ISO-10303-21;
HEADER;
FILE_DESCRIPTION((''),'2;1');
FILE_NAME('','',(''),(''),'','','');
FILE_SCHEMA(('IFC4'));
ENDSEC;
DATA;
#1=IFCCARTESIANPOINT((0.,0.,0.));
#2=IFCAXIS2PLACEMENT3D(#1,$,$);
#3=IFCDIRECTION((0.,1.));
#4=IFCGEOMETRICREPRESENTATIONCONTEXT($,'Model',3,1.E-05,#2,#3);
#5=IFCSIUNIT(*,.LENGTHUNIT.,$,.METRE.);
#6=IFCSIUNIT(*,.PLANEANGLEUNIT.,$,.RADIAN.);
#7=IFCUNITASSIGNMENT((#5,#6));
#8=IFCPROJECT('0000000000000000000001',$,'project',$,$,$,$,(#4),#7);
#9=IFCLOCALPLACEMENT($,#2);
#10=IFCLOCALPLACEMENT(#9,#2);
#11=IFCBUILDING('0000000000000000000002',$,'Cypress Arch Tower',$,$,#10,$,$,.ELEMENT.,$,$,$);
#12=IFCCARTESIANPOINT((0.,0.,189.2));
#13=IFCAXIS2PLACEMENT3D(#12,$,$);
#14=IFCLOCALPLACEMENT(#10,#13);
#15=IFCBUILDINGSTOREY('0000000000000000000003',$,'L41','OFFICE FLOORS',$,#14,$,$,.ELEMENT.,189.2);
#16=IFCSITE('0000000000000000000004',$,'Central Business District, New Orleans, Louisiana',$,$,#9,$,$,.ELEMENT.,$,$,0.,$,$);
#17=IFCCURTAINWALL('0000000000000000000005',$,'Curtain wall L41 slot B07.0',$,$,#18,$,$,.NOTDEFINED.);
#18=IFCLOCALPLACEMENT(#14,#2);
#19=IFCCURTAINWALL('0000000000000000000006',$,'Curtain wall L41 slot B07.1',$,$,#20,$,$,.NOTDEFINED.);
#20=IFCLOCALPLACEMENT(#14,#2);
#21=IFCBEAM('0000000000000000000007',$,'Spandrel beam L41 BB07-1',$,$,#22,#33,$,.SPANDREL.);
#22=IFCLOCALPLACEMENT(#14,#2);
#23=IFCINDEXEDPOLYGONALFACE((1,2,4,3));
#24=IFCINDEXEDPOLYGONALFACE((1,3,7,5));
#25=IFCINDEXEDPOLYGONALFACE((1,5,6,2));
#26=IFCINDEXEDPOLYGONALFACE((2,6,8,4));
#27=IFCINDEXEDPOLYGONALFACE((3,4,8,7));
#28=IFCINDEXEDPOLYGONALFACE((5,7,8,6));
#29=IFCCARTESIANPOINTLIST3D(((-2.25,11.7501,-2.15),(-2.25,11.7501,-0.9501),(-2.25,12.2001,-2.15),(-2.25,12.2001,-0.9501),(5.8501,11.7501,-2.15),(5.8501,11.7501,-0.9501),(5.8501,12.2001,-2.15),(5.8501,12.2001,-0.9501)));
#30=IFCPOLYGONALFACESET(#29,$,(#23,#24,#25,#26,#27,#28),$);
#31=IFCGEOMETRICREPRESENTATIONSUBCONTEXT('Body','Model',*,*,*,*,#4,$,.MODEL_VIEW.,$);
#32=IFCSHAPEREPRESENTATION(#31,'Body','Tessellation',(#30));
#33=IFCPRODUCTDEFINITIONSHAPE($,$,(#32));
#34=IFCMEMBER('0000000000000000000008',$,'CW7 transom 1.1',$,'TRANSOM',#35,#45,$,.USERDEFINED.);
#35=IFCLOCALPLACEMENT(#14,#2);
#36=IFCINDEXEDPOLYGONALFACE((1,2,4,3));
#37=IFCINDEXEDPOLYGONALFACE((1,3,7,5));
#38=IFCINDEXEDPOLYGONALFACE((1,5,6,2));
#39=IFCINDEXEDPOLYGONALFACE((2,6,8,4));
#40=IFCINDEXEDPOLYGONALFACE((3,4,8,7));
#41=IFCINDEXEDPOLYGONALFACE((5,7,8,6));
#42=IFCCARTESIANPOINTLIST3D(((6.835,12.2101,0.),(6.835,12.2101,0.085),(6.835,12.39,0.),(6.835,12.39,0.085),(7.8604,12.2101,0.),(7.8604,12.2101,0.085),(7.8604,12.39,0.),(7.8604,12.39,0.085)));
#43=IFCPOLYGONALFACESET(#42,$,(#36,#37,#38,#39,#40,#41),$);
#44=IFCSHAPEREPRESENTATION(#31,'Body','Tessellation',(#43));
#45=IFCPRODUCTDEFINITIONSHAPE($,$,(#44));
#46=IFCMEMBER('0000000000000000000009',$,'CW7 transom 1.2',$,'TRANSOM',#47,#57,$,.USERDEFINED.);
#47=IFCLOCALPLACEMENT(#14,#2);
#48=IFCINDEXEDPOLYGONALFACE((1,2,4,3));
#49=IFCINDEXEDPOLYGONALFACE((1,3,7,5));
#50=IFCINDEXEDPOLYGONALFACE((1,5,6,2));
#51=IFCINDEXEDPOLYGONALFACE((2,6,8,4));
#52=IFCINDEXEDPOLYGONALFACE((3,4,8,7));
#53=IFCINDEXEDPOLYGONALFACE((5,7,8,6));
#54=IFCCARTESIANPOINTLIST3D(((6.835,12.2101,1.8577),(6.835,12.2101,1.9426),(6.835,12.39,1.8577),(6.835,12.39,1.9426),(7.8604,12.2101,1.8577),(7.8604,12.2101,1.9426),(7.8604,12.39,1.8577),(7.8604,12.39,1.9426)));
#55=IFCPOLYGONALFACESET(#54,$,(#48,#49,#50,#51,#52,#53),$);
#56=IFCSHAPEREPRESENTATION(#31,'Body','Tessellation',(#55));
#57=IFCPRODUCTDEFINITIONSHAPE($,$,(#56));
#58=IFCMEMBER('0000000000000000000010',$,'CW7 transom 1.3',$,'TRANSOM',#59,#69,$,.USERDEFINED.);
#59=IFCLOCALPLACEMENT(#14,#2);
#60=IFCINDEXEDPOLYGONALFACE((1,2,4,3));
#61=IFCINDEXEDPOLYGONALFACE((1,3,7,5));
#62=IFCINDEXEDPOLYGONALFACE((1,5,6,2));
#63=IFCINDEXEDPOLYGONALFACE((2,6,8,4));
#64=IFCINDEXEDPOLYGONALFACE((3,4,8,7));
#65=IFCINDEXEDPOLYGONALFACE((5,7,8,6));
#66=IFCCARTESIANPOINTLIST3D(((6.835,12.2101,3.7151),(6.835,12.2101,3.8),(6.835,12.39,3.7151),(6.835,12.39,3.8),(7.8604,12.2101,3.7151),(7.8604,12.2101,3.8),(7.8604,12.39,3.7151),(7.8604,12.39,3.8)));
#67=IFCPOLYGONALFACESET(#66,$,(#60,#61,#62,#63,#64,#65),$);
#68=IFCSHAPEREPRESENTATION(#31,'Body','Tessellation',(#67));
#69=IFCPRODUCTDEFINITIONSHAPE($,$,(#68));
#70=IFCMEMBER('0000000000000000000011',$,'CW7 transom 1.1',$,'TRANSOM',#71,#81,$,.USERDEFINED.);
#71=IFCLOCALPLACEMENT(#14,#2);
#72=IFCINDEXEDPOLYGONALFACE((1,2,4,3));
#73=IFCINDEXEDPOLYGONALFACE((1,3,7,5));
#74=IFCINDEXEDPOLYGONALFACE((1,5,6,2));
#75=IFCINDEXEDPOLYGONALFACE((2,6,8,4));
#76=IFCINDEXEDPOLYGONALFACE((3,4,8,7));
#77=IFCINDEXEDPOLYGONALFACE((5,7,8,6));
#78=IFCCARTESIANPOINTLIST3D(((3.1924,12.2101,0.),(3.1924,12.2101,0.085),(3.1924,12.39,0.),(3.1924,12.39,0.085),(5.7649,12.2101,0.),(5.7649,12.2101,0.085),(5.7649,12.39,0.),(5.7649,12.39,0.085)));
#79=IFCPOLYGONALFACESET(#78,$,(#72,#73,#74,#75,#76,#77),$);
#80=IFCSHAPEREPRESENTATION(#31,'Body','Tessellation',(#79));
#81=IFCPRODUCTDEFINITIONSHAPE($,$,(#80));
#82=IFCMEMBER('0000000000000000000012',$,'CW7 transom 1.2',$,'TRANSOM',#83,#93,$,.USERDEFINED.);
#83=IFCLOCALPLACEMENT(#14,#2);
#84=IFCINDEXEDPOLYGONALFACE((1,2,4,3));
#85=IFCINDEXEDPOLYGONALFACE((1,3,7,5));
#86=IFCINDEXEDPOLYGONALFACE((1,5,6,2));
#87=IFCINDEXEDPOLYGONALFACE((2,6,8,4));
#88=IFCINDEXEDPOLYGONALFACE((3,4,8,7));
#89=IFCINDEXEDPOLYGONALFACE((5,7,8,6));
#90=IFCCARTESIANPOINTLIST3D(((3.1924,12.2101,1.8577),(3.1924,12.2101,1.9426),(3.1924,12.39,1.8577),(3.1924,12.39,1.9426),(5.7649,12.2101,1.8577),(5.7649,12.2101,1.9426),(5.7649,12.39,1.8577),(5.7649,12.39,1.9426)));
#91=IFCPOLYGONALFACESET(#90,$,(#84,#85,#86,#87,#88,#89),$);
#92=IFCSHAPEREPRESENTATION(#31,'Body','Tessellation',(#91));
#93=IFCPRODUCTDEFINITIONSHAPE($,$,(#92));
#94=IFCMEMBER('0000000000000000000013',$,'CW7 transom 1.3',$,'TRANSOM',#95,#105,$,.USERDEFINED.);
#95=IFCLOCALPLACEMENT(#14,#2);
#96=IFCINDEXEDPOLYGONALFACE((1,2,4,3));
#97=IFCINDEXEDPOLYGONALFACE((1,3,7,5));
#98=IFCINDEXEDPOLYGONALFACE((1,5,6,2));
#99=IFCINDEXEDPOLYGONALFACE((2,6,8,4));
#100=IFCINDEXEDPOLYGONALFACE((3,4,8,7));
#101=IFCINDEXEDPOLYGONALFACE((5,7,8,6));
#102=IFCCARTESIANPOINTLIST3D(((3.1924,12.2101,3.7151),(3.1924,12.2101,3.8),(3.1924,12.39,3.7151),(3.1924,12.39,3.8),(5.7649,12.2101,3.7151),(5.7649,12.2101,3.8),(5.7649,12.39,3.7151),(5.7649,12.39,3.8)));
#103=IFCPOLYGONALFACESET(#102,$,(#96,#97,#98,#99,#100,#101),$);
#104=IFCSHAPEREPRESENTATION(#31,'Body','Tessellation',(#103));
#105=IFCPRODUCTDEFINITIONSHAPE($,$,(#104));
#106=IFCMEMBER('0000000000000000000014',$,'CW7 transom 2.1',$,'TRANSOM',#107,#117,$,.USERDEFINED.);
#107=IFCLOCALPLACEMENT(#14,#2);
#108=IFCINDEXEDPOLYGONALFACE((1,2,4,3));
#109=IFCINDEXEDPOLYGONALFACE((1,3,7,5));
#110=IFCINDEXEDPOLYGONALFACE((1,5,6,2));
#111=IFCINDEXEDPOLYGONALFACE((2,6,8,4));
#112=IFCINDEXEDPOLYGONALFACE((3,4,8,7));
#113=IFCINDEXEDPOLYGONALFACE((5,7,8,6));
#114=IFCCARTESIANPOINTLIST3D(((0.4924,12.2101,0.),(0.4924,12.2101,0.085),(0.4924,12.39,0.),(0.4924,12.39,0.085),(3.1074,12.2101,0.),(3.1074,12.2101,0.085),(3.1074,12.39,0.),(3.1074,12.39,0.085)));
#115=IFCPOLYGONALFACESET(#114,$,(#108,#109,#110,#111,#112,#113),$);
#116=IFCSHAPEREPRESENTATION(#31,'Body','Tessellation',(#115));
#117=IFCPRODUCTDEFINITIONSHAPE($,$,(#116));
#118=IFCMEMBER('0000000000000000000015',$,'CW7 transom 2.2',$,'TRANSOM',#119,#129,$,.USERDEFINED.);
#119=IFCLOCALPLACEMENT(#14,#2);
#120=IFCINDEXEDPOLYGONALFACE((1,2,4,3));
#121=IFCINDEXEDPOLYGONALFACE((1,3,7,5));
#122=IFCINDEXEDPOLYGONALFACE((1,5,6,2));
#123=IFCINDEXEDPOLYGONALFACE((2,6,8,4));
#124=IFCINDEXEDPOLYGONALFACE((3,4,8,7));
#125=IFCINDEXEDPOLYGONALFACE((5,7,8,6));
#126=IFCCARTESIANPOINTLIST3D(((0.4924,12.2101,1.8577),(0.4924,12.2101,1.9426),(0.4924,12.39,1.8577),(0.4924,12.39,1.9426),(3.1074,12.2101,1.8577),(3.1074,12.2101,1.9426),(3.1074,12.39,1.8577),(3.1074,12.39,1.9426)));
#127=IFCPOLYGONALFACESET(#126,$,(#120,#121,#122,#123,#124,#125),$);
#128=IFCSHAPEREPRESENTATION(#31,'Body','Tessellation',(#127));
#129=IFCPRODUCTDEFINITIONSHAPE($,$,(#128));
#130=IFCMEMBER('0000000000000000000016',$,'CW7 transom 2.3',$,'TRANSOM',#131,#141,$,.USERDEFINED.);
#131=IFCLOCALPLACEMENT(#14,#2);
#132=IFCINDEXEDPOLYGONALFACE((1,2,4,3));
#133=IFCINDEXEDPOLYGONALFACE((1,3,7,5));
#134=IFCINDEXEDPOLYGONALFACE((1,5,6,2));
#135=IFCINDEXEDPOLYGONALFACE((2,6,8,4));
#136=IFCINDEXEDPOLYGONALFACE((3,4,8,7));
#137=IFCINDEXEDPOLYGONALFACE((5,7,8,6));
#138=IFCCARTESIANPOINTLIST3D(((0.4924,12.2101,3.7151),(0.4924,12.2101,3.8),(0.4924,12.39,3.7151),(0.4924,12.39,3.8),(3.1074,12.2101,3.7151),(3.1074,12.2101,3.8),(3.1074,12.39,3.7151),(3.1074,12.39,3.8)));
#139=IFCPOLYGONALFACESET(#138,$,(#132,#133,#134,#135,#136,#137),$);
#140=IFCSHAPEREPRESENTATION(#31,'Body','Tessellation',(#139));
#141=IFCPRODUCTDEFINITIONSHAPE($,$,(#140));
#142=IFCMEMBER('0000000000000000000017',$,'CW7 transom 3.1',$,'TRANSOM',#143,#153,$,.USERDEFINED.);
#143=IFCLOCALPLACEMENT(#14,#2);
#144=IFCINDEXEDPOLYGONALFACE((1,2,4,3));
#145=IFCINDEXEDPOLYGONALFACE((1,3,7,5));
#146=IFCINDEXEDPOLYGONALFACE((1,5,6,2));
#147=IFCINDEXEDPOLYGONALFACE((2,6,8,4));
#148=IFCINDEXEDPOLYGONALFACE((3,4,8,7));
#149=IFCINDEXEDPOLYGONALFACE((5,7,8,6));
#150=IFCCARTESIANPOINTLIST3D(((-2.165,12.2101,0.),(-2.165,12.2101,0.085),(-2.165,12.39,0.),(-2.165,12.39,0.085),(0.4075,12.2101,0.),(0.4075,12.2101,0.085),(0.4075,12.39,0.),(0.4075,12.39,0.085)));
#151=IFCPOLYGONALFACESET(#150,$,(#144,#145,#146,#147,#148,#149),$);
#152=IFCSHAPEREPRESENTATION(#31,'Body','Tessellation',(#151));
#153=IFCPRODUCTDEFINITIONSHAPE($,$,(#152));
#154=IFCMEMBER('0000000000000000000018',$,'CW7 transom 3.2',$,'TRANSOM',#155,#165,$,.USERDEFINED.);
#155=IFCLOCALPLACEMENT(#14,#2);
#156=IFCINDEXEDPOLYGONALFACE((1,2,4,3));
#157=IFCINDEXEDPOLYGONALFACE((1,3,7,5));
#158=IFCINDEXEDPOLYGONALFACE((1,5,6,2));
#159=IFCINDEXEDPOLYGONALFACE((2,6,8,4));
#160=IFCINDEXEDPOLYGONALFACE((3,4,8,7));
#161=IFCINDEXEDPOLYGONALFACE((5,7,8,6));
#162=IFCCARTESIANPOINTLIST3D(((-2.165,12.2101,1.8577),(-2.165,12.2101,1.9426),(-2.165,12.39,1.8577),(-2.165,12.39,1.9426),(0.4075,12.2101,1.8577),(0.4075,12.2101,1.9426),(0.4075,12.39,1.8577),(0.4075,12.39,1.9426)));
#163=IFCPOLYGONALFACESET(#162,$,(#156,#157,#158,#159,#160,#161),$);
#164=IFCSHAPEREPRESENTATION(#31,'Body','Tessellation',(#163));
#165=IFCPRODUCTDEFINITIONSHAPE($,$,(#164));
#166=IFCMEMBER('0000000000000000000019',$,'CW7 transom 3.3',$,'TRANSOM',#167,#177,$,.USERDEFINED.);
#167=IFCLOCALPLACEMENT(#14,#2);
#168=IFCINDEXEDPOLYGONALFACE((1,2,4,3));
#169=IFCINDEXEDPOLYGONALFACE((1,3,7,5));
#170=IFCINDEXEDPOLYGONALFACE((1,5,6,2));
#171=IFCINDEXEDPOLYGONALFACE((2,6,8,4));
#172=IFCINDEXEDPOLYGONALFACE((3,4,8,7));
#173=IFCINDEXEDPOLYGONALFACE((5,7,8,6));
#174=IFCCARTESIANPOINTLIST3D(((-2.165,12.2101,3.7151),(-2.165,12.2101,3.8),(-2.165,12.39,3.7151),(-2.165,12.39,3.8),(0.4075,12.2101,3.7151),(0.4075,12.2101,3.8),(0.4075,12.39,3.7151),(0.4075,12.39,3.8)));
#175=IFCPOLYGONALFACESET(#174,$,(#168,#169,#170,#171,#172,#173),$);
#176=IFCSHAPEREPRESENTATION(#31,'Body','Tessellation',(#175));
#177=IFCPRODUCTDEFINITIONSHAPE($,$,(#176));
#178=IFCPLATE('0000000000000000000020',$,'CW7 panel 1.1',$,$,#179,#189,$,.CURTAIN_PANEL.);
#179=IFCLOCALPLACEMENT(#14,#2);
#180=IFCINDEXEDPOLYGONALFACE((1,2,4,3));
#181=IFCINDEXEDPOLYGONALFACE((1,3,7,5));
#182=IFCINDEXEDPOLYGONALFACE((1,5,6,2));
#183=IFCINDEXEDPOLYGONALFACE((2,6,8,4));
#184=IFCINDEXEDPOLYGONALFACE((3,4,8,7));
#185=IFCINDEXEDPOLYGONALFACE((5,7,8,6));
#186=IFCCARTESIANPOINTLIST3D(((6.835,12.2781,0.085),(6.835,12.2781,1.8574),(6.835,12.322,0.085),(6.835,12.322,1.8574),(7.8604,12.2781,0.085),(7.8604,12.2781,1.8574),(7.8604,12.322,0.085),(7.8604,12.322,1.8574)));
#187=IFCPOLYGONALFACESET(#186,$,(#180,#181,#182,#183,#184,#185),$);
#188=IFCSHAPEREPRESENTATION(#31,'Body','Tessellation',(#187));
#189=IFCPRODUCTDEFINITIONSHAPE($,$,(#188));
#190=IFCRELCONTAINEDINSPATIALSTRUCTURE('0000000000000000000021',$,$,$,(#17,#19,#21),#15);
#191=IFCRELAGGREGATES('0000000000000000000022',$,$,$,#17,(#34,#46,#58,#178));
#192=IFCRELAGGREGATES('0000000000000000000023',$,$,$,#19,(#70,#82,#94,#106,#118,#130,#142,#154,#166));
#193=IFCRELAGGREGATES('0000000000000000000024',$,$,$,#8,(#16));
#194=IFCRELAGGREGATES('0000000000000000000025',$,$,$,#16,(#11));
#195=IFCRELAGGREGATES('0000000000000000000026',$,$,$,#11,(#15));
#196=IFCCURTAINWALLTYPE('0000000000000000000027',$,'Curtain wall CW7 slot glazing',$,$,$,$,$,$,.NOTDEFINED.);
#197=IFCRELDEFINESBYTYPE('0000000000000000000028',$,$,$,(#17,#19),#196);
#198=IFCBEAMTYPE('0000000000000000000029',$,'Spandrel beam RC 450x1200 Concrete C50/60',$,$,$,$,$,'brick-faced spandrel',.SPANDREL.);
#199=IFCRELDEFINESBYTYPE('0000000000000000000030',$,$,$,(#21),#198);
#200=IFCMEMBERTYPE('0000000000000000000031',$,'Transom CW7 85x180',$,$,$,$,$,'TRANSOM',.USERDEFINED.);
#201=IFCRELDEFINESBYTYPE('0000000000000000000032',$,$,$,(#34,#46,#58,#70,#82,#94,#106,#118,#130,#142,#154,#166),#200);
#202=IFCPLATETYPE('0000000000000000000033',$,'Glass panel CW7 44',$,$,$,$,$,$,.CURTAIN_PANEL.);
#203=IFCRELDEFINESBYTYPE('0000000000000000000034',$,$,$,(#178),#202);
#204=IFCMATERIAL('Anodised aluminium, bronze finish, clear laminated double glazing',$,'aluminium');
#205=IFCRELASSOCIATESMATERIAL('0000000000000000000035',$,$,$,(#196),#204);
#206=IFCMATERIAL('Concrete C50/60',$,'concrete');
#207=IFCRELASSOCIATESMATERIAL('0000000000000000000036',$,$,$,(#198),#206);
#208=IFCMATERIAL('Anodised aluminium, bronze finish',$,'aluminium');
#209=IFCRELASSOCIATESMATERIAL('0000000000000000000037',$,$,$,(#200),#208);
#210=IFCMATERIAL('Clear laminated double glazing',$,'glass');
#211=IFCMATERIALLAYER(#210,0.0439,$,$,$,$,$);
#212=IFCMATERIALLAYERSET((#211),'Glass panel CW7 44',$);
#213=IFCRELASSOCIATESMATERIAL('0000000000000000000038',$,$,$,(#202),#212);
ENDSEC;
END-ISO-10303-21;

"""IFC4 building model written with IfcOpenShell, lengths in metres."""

from ifc_helpers import new_model, si_unit, direction, frame, origin, origin_2d, place, context, subcontext, project, spatial, rectangle, extrude, material, layer, layer_set, material_profile, profile_set, type_object, element, aggregate, save


model = new_model("IFC4")

# Units and contexts
model_context = context("Model", 3, precision=1e-05, world=origin(), true_north=direction((0.0, 1.0)))
body_context = subcontext(model_context, "Body", "Model", "MODEL_VIEW")
ifc_project = project(units=[si_unit("LENGTHUNIT", "METRE"), si_unit("PLANEANGLEUNIT", "RADIAN")], contexts=[model_context])

# Site, building, storey
site_placement = place(None, origin())
site = spatial("IfcSite", under=ifc_project, at=site_placement, Name="Central Business District, New Orleans, Louisiana", CompositionType="ELEMENT", RefElevation=0.0)
building_placement = place(site_placement, origin())
building = spatial("IfcBuilding", under=site, at=building_placement, Name="Cypress Arch Tower", CompositionType="ELEMENT")
storey_placement = place(building_placement, frame((0.0, 0.0, 189.2)))
storey = spatial("IfcBuildingStorey", under=building, at=storey_placement, Name="L41", Description="OFFICE FLOORS", CompositionType="ELEMENT", Elevation=189.2)

# Curtain walls
ifc_material_1 = material(Name="Anodised aluminium, bronze finish, clear laminated double glazing", Category="aluminium")
curtain_wall_type = type_object("IfcCurtainWallType", Name="Curtain wall CW7 slot glazing", PredefinedType="NOTDEFINED", material=ifc_material_1)
curtain_wall_1_placement = place(storey_placement, origin())
curtain_wall_1 = element("IfcCurtainWall", 1, at=curtain_wall_1_placement, inside=storey, type_object=curtain_wall_type, Name="Curtain wall L41 slot B07.0", PredefinedType="NOTDEFINED")
curtain_wall_2_placement = place(storey_placement, origin())
curtain_wall_2 = element("IfcCurtainWall", 2, at=curtain_wall_2_placement, inside=storey, type_object=curtain_wall_type, Name="Curtain wall L41 slot B07.1", PredefinedType="NOTDEFINED")

# Beam
ifc_material_2 = material(Name="Concrete C50/60", Category="concrete")
ifc_material_profile_1 = material_profile(ifc_material_2, rectangle(XDim=0.45, YDim=1.2, at=origin_2d()), Name="RC 450x1200")
ifc_profile_set_1 = profile_set([ifc_material_profile_1], Name="Concrete C50/60")
beam_type_1 = type_object("IfcBeamType", Name="Spandrel beam RC 450x1200 Concrete C50/60", ElementType="brick-faced spandrel", PredefinedType="SPANDREL", material=ifc_profile_set_1)
beam_1_placement = place(storey_placement, frame((5.8501, 11.9751, -1.55), z_axis=(-1.0, 0.0, 0.0), x_axis=(0.0, -1.0, 0.0)))
element("IfcBeam", 3, at=beam_1_placement, inside=storey, type_object=beam_type_1, Name="Spandrel beam L41 BB07-1", PredefinedType="SPANDREL", context=body_context, shape_type="SweptSolid", body=[
    extrude(rectangle(XDim=0.45, YDim=1.2, at=origin_2d()), origin(), (0.0, 0.0, 1.0), 8.1001),
])

# Members
ifc_material_3 = material(Name="Anodised aluminium, bronze finish", Category="aluminium")
ifc_material_profile_2 = material_profile(ifc_material_3, rectangle(XDim=0.1799, YDim=0.085, at=origin_2d()), Name="Transom 85x180")
ifc_profile_set_2 = profile_set([ifc_material_profile_2], Name="Anodised aluminium, bronze finish")
member_type_1 = type_object("IfcMemberType", Name="Transom CW7 85x180", ElementType="TRANSOM", PredefinedType="USERDEFINED", material=ifc_profile_set_2)
member_1_placement = place(storey_placement, frame((7.8604, 12.3, 0.0425), z_axis=(-1.0, 0.0, 0.0), x_axis=(0.0, -1.0, 0.0)))
member_1 = element("IfcMember", 4, at=member_1_placement, type_object=member_type_1, Name="CW7 transom 1.1", ObjectType="TRANSOM", PredefinedType="USERDEFINED", context=body_context, shape_type="SweptSolid", body=[
    extrude(rectangle(XDim=0.1799, YDim=0.085, at=origin_2d()), origin(), (0.0, 0.0, 1.0), 1.0254),
])
member_2_placement = place(storey_placement, frame((7.8604, 12.3, 1.9001), z_axis=(-1.0, 0.0, 0.0), x_axis=(0.0, -1.0, 0.0)))
member_2 = element("IfcMember", 5, at=member_2_placement, type_object=member_type_1, Name="CW7 transom 1.2", ObjectType="TRANSOM", PredefinedType="USERDEFINED", context=body_context, shape_type="SweptSolid", body=[
    extrude(rectangle(XDim=0.1799, YDim=0.085, at=origin_2d()), origin(), (0.0, 0.0, 1.0), 1.0254),
])
member_3_placement = place(storey_placement, frame((7.8604, 12.3, 3.7576), z_axis=(-1.0, 0.0, 0.0), x_axis=(0.0, -1.0, 0.0)))
member_3 = element("IfcMember", 6, at=member_3_placement, type_object=member_type_1, Name="CW7 transom 1.3", ObjectType="TRANSOM", PredefinedType="USERDEFINED", context=body_context, shape_type="SweptSolid", body=[
    extrude(rectangle(XDim=0.1799, YDim=0.085, at=origin_2d()), origin(), (0.0, 0.0, 1.0), 1.0254),
])
member_4_placement = place(storey_placement, frame((5.7649, 12.3, 0.0425), z_axis=(-1.0, 0.0, 0.0), x_axis=(0.0, -1.0, 0.0)))
member_4 = element("IfcMember", 7, at=member_4_placement, type_object=member_type_1, Name="CW7 transom 1.1", ObjectType="TRANSOM", PredefinedType="USERDEFINED", context=body_context, shape_type="SweptSolid", body=[
    extrude(rectangle(XDim=0.1799, YDim=0.085, at=origin_2d()), origin(), (0.0, 0.0, 1.0), 2.5725),
])
member_5_placement = place(storey_placement, frame((5.7649, 12.3, 1.9001), z_axis=(-1.0, 0.0, 0.0), x_axis=(0.0, -1.0, 0.0)))
member_5 = element("IfcMember", 8, at=member_5_placement, type_object=member_type_1, Name="CW7 transom 1.2", ObjectType="TRANSOM", PredefinedType="USERDEFINED", context=body_context, shape_type="SweptSolid", body=[
    extrude(rectangle(XDim=0.1799, YDim=0.085, at=origin_2d()), origin(), (0.0, 0.0, 1.0), 2.5725),
])
member_6_placement = place(storey_placement, frame((5.7649, 12.3, 3.7576), z_axis=(-1.0, 0.0, 0.0), x_axis=(0.0, -1.0, 0.0)))
member_6 = element("IfcMember", 9, at=member_6_placement, type_object=member_type_1, Name="CW7 transom 1.3", ObjectType="TRANSOM", PredefinedType="USERDEFINED", context=body_context, shape_type="SweptSolid", body=[
    extrude(rectangle(XDim=0.1799, YDim=0.085, at=origin_2d()), origin(), (0.0, 0.0, 1.0), 2.5725),
])
member_7_placement = place(storey_placement, frame((3.1074, 12.3, 0.0425), z_axis=(-1.0, 0.0, 0.0), x_axis=(0.0, -1.0, 0.0)))
member_7 = element("IfcMember", 10, at=member_7_placement, type_object=member_type_1, Name="CW7 transom 2.1", ObjectType="TRANSOM", PredefinedType="USERDEFINED", context=body_context, shape_type="SweptSolid", body=[
    extrude(rectangle(XDim=0.1799, YDim=0.085, at=origin_2d()), origin(), (0.0, 0.0, 1.0), 2.615),
])
member_8_placement = place(storey_placement, frame((3.1074, 12.3, 1.9001), z_axis=(-1.0, 0.0, 0.0), x_axis=(0.0, -1.0, 0.0)))
member_8 = element("IfcMember", 11, at=member_8_placement, type_object=member_type_1, Name="CW7 transom 2.2", ObjectType="TRANSOM", PredefinedType="USERDEFINED", context=body_context, shape_type="SweptSolid", body=[
    extrude(rectangle(XDim=0.1799, YDim=0.085, at=origin_2d()), origin(), (0.0, 0.0, 1.0), 2.615),
])
member_9_placement = place(storey_placement, frame((3.1074, 12.3, 3.7576), z_axis=(-1.0, 0.0, 0.0), x_axis=(0.0, -1.0, 0.0)))
member_9 = element("IfcMember", 12, at=member_9_placement, type_object=member_type_1, Name="CW7 transom 2.3", ObjectType="TRANSOM", PredefinedType="USERDEFINED", context=body_context, shape_type="SweptSolid", body=[
    extrude(rectangle(XDim=0.1799, YDim=0.085, at=origin_2d()), origin(), (0.0, 0.0, 1.0), 2.615),
])
member_10_placement = place(storey_placement, frame((0.4075, 12.3, 0.0425), z_axis=(-1.0, 0.0, 0.0), x_axis=(0.0, -1.0, 0.0)))
member_10 = element("IfcMember", 13, at=member_10_placement, type_object=member_type_1, Name="CW7 transom 3.1", ObjectType="TRANSOM", PredefinedType="USERDEFINED", context=body_context, shape_type="SweptSolid", body=[
    extrude(rectangle(XDim=0.1799, YDim=0.085, at=origin_2d()), origin(), (0.0, 0.0, 1.0), 2.5725),
])
member_11_placement = place(storey_placement, frame((0.4075, 12.3, 1.9001), z_axis=(-1.0, 0.0, 0.0), x_axis=(0.0, -1.0, 0.0)))
member_11 = element("IfcMember", 14, at=member_11_placement, type_object=member_type_1, Name="CW7 transom 3.2", ObjectType="TRANSOM", PredefinedType="USERDEFINED", context=body_context, shape_type="SweptSolid", body=[
    extrude(rectangle(XDim=0.1799, YDim=0.085, at=origin_2d()), origin(), (0.0, 0.0, 1.0), 2.5725),
])
member_12_placement = place(storey_placement, frame((0.4075, 12.3, 3.7576), z_axis=(-1.0, 0.0, 0.0), x_axis=(0.0, -1.0, 0.0)))
member_12 = element("IfcMember", 15, at=member_12_placement, type_object=member_type_1, Name="CW7 transom 3.3", ObjectType="TRANSOM", PredefinedType="USERDEFINED", context=body_context, shape_type="SweptSolid", body=[
    extrude(rectangle(XDim=0.1799, YDim=0.085, at=origin_2d()), origin(), (0.0, 0.0, 1.0), 2.5725),
])

# Plate
ifc_material_4 = material(Name="Clear laminated double glazing", Category="glass")
ifc_layer = layer(ifc_material_4, 0.0439)
ifc_layer_set = layer_set([ifc_layer], Name="Glass panel CW7 44")
plate_type = type_object("IfcPlateType", Name="Glass panel CW7 44", PredefinedType="CURTAIN_PANEL", material=ifc_layer_set)
plate_1_placement = place(storey_placement, frame((7.3477, 12.3, 0.085), z_axis=(0.0, 0.0, 1.0), x_axis=(-1.0, 0.0, 0.0)))
plate_1 = element("IfcPlate", 16, at=plate_1_placement, type_object=plate_type, Name="CW7 panel 1.1", PredefinedType="CURTAIN_PANEL", context=body_context, shape_type="SweptSolid", body=[
    extrude(rectangle(XDim=1.0254, YDim=0.0439, at=origin_2d()), origin(), (0.0, 0.0, 1.0), 1.7725),
])
aggregate(curtain_wall_1, [member_1, member_2, member_3, plate_1])
aggregate(curtain_wall_2, [member_4, member_5, member_6, member_7, member_8, member_9, member_10, member_11, member_12])

save(model, "model.ifc")
